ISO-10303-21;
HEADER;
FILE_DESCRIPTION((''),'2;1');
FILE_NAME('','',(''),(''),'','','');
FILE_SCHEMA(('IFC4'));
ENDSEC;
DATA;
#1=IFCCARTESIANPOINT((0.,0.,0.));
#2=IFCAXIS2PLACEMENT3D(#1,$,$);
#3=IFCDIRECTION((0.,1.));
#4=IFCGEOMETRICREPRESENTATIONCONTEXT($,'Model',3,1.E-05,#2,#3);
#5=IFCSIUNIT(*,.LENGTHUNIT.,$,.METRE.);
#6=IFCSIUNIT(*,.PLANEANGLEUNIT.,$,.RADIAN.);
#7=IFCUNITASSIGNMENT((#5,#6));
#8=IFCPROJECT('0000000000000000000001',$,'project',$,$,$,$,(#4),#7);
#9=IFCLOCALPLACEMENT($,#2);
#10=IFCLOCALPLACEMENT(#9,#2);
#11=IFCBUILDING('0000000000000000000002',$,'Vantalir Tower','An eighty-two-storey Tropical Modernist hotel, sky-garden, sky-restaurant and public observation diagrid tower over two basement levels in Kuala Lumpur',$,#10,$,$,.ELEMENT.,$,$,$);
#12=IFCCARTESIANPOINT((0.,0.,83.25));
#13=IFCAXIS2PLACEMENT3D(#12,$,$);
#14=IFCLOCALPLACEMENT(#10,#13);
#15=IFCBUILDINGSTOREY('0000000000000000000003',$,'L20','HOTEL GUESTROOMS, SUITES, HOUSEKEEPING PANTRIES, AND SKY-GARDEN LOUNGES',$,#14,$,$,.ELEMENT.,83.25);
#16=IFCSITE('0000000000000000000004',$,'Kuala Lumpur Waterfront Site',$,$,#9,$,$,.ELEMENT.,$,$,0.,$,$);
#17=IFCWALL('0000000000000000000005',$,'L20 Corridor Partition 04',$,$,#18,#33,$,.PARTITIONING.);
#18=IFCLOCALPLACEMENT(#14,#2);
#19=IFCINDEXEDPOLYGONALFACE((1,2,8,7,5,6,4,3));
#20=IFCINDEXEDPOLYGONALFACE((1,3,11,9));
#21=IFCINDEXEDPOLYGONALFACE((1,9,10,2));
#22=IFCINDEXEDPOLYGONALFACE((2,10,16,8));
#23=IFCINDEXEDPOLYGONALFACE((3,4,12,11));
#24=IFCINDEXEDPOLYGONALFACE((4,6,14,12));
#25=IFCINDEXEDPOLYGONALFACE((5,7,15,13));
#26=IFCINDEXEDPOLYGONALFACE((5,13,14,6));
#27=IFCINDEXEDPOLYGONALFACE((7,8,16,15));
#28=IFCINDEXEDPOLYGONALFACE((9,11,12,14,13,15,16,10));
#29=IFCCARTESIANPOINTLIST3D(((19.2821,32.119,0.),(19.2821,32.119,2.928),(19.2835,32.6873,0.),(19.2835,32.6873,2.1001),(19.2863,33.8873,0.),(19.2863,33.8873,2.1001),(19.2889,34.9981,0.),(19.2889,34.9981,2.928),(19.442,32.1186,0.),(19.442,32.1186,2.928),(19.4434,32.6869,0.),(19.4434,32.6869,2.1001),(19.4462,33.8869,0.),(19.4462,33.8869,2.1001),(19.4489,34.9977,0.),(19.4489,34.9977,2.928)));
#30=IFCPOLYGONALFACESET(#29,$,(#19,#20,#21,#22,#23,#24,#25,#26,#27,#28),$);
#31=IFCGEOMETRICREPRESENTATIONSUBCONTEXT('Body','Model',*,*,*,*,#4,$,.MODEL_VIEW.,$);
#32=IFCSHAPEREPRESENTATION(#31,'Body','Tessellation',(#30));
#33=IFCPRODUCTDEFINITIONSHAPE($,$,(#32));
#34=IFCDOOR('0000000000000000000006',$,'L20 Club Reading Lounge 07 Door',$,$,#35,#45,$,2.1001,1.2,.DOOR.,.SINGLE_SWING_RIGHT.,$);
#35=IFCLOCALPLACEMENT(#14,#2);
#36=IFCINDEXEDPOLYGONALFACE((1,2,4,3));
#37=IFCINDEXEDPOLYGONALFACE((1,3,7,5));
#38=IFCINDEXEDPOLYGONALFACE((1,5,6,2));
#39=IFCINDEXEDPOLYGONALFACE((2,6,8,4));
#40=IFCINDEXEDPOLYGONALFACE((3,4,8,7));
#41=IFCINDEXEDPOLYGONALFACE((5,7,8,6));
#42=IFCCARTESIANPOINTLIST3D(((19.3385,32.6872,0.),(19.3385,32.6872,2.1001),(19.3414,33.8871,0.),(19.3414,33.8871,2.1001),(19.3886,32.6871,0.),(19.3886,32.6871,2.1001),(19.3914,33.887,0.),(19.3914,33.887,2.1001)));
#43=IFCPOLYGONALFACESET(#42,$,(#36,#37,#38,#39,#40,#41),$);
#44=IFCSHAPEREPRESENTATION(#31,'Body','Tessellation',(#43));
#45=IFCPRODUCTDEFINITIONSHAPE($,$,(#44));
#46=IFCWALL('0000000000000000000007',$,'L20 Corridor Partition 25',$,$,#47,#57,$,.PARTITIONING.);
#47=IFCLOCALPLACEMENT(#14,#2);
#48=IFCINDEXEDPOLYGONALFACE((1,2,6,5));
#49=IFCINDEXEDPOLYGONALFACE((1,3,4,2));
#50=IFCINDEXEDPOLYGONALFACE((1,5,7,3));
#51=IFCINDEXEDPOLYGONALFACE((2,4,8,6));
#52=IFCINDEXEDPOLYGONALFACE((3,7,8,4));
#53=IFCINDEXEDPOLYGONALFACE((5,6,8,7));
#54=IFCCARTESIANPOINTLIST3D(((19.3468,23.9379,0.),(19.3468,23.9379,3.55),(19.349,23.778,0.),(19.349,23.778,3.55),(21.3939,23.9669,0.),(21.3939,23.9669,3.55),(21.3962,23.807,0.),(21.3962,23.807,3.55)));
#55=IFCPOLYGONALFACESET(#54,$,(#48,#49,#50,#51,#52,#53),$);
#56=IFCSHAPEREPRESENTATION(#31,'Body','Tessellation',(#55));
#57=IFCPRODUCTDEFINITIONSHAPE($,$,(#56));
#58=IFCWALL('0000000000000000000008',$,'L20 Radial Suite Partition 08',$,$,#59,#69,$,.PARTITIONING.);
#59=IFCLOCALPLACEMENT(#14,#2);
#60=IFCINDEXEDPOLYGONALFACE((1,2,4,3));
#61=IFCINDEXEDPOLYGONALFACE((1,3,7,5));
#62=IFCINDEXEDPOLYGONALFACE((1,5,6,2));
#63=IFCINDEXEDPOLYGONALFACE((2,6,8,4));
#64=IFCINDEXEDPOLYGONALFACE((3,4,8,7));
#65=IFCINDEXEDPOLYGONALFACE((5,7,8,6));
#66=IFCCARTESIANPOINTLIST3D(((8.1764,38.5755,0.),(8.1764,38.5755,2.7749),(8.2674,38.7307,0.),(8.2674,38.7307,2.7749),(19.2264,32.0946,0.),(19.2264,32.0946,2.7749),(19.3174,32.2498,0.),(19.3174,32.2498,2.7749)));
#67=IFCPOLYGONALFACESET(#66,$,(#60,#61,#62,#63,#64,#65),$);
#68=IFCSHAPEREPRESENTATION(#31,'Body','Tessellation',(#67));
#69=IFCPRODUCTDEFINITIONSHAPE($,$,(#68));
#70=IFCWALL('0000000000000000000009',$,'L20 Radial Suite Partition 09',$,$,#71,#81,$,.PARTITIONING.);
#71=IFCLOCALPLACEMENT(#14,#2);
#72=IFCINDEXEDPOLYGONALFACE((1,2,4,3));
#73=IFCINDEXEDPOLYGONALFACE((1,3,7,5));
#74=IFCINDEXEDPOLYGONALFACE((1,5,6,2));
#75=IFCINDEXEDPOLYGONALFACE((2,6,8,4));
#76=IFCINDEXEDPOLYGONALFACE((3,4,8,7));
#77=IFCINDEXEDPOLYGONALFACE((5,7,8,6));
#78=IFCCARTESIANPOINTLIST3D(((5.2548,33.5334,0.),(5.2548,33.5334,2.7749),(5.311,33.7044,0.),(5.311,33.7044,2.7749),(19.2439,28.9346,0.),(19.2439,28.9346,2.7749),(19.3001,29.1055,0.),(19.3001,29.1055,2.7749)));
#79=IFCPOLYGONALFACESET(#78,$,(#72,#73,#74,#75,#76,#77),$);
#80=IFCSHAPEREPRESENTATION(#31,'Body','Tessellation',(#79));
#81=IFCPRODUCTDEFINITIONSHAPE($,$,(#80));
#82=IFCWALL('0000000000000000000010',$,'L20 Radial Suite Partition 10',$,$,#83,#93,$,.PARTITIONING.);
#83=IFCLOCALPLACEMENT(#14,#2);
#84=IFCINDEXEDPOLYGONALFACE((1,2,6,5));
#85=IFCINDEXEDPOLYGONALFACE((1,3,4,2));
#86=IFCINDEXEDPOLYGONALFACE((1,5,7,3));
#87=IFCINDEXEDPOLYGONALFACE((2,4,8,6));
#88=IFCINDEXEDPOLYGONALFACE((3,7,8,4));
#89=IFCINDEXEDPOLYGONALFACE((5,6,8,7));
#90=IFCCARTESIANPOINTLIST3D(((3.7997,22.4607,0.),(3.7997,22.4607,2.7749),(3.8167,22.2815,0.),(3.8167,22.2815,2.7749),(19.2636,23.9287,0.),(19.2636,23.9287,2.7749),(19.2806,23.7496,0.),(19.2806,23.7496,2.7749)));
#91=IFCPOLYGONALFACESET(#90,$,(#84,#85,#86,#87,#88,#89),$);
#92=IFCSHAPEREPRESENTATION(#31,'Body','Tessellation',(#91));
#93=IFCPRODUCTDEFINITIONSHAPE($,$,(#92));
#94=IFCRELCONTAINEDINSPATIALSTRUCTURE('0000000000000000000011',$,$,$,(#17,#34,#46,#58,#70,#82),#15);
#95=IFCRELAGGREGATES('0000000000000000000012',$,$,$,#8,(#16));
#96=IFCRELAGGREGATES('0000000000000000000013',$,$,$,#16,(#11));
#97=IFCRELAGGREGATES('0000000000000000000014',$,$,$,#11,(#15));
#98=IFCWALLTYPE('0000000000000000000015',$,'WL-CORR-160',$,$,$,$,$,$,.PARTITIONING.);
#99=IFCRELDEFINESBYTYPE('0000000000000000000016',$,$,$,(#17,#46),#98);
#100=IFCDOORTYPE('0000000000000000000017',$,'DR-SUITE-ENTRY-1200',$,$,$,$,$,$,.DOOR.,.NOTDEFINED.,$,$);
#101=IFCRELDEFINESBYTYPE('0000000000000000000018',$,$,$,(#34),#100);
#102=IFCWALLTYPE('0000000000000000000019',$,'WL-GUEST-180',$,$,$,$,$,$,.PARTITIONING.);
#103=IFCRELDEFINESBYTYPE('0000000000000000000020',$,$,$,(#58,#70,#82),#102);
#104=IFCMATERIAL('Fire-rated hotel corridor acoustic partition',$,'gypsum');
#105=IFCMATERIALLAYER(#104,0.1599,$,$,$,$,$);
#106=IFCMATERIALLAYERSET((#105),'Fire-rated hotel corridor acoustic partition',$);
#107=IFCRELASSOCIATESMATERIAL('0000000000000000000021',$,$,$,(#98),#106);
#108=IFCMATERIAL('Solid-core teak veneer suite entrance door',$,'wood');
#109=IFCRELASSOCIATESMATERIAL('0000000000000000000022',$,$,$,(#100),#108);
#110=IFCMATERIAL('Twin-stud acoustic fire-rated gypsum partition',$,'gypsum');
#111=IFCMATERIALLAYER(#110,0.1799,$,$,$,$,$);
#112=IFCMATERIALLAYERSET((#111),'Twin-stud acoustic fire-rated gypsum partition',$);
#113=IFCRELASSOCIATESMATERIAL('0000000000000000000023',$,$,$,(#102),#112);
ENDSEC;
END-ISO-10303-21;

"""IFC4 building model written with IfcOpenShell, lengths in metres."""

from ifc_helpers import new_model, si_unit, direction, frame, frame_2d, origin, place, context, subcontext, project, spatial, rectangle, extrude, material, layer, layer_set, type_object, element, fill, save


model = new_model("IFC4")

# Units and contexts
model_context = context("Model", 3, precision=1e-05, world=origin(), true_north=direction((0.0, 1.0)))
body_context = subcontext(model_context, "Body", "Model", "MODEL_VIEW")
ifc_project = project(units=[si_unit("LENGTHUNIT", "METRE"), si_unit("PLANEANGLEUNIT", "RADIAN")], contexts=[model_context])

# Site, building, storey
site_placement = place(None, origin())
site = spatial("IfcSite", under=ifc_project, at=site_placement, Name="Kuala Lumpur Waterfront Site", CompositionType="ELEMENT", RefElevation=0.0)
building_placement = place(site_placement, origin())
building = spatial("IfcBuilding", under=site, at=building_placement, Name="Vantalir Tower", Description="An eighty-two-storey Tropical Modernist hotel, sky-garden, sky-restaurant and public observation diagrid tower over two basement levels in Kuala Lumpur", CompositionType="ELEMENT")
storey_placement = place(building_placement, frame((0.0, 0.0, 83.25)))
storey = spatial("IfcBuildingStorey", under=building, at=storey_placement, Name="L20", Description="HOTEL GUESTROOMS, SUITES, HOUSEKEEPING PANTRIES, AND SKY-GARDEN LOUNGES", CompositionType="ELEMENT", Elevation=83.25)

# Shared definitions
ifc_material_1 = material(Name="Fire-rated hotel corridor acoustic partition", Category="gypsum")
ifc_layer_1 = layer(ifc_material_1, 0.1599)
ifc_layer_set_1 = layer_set([ifc_layer_1], Name="Fire-rated hotel corridor acoustic partition")
wall_type_1 = type_object("IfcWallType", Name="WL-CORR-160", PredefinedType="PARTITIONING", material=ifc_layer_set_1)

# Wall, opening, door
ifc_material_2 = material(Name="Solid-core teak veneer suite entrance door", Category="wood")
door_type_1 = type_object("IfcDoorType", Name="DR-SUITE-ENTRY-1200", OperationType="NOTDEFINED", PredefinedType="DOOR", material=ifc_material_2)
wall_1_placement = place(storey_placement, frame((19.3621, 32.1189, 0.0), z_axis=(0.0, 0.0, 1.0), x_axis=(0.002374, 0.999997, 0.0)))
wall_1 = element("IfcWall", 1, at=wall_1_placement, inside=storey, type_object=wall_type_1, Name="L20 Corridor Partition 04", PredefinedType="PARTITIONING", context=body_context, shape_type="SweptSolid", body=[
    extrude(rectangle(XDim=2.8792, YDim=0.1599, at=frame_2d((1.4395, 0.0))), origin(), (0.0, 0.0, 1.0), 2.928),
])
opening_1_placement = place(wall_1_placement, frame((0.5681, 0.0, 0.0)))
opening_1 = element("IfcOpeningElement", 2, at=opening_1_placement, cuts=wall_1, PredefinedType="OPENING", context=body_context, shape_type="SweptSolid", body=[
    extrude(rectangle(XDim=1.2, YDim=2.1001, at=frame_2d((0.6001, 1.05))), frame((0.0, 0.0898, 0.0), z_axis=(0.0, -1.0, 0.0), x_axis=(1.0, 0.0, 0.0)), (0.0, 0.0, 1.0), 0.1799),
])
door_1_placement = place(opening_1_placement, origin())
door_1 = element("IfcDoor", 3, at=door_1_placement, inside=storey, type_object=door_type_1, Name="L20 Club Reading Lounge 07 Door", OperationType="SINGLE_SWING_RIGHT", OverallHeight=2.1001, OverallWidth=1.2, PredefinedType="DOOR", context=body_context, shape_type="SweptSolid", body=[
    extrude(rectangle(XDim=1.2, YDim=2.1001, at=frame_2d((0.6001, 1.05))), frame((0.0, 0.0249, 0.0), z_axis=(0.0, -1.0, 0.0), x_axis=(1.0, 0.0, 0.0)), (0.0, 0.0, 1.0), 0.05),
])
fill(opening_1, door_1)

# Walls
wall_2_placement = place(storey_placement, frame((19.3479, 23.8579, 0.0), z_axis=(0.0, 0.0, 1.0), x_axis=(0.999899, 0.014191, 0.0)))
element("IfcWall", 4, at=wall_2_placement, inside=storey, type_object=wall_type_1, Name="L20 Corridor Partition 25", PredefinedType="PARTITIONING", context=body_context, shape_type="SweptSolid", body=[
    extrude(rectangle(XDim=2.0474, YDim=0.1599, at=frame_2d((1.0237, 0.0))), origin(), (0.0, 0.0, 1.0), 3.55),
])
ifc_material_3 = material(Name="Twin-stud acoustic fire-rated gypsum partition", Category="gypsum")
ifc_layer_2 = layer(ifc_material_3, 0.1799)
ifc_layer_set_2 = layer_set([ifc_layer_2], Name="Twin-stud acoustic fire-rated gypsum partition")
wall_type_2 = type_object("IfcWallType", Name="WL-GUEST-180", PredefinedType="PARTITIONING", material=ifc_layer_set_2)
wall_3_placement = place(storey_placement, frame((19.272, 32.1721, 0.0), z_axis=(0.0, 0.0, 1.0), x_axis=(-0.862584, 0.505914, 0.0)))
element("IfcWall", 5, at=wall_3_placement, inside=storey, type_object=wall_type_2, Name="L20 Radial Suite Partition 08", PredefinedType="PARTITIONING", context=body_context, shape_type="SweptSolid", body=[
    extrude(rectangle(XDim=12.8103, YDim=0.1799, at=frame_2d((6.4053, 0.0))), origin(), (0.0, 0.0, 1.0), 2.7749),
])
wall_4_placement = place(storey_placement, frame((19.272, 29.02, 0.0), z_axis=(0.0, 0.0, 1.0), x_axis=(-0.949982, 0.312306, 0.0)))
element("IfcWall", 6, at=wall_4_placement, inside=storey, type_object=wall_type_2, Name="L20 Radial Suite Partition 09", PredefinedType="PARTITIONING", context=body_context, shape_type="SweptSolid", body=[
    extrude(rectangle(XDim=14.7256, YDim=0.1799, at=frame_2d((7.3628, 0.0))), origin(), (0.0, 0.0, 1.0), 2.7749),
])
wall_5_placement = place(storey_placement, frame((19.272, 23.8391, 0.0), z_axis=(0.0, 0.0, 1.0), x_axis=(-0.995524, -0.094507, 0.0)))
element("IfcWall", 7, at=wall_5_placement, inside=storey, type_object=wall_type_2, Name="L20 Radial Suite Partition 10", PredefinedType="PARTITIONING", context=body_context, shape_type="SweptSolid", body=[
    extrude(rectangle(XDim=15.5334, YDim=0.1799, at=frame_2d((7.7666, 0.0))), origin(), (0.0, 0.0, 1.0), 2.7749),
])

save(model, "model.ifc")
